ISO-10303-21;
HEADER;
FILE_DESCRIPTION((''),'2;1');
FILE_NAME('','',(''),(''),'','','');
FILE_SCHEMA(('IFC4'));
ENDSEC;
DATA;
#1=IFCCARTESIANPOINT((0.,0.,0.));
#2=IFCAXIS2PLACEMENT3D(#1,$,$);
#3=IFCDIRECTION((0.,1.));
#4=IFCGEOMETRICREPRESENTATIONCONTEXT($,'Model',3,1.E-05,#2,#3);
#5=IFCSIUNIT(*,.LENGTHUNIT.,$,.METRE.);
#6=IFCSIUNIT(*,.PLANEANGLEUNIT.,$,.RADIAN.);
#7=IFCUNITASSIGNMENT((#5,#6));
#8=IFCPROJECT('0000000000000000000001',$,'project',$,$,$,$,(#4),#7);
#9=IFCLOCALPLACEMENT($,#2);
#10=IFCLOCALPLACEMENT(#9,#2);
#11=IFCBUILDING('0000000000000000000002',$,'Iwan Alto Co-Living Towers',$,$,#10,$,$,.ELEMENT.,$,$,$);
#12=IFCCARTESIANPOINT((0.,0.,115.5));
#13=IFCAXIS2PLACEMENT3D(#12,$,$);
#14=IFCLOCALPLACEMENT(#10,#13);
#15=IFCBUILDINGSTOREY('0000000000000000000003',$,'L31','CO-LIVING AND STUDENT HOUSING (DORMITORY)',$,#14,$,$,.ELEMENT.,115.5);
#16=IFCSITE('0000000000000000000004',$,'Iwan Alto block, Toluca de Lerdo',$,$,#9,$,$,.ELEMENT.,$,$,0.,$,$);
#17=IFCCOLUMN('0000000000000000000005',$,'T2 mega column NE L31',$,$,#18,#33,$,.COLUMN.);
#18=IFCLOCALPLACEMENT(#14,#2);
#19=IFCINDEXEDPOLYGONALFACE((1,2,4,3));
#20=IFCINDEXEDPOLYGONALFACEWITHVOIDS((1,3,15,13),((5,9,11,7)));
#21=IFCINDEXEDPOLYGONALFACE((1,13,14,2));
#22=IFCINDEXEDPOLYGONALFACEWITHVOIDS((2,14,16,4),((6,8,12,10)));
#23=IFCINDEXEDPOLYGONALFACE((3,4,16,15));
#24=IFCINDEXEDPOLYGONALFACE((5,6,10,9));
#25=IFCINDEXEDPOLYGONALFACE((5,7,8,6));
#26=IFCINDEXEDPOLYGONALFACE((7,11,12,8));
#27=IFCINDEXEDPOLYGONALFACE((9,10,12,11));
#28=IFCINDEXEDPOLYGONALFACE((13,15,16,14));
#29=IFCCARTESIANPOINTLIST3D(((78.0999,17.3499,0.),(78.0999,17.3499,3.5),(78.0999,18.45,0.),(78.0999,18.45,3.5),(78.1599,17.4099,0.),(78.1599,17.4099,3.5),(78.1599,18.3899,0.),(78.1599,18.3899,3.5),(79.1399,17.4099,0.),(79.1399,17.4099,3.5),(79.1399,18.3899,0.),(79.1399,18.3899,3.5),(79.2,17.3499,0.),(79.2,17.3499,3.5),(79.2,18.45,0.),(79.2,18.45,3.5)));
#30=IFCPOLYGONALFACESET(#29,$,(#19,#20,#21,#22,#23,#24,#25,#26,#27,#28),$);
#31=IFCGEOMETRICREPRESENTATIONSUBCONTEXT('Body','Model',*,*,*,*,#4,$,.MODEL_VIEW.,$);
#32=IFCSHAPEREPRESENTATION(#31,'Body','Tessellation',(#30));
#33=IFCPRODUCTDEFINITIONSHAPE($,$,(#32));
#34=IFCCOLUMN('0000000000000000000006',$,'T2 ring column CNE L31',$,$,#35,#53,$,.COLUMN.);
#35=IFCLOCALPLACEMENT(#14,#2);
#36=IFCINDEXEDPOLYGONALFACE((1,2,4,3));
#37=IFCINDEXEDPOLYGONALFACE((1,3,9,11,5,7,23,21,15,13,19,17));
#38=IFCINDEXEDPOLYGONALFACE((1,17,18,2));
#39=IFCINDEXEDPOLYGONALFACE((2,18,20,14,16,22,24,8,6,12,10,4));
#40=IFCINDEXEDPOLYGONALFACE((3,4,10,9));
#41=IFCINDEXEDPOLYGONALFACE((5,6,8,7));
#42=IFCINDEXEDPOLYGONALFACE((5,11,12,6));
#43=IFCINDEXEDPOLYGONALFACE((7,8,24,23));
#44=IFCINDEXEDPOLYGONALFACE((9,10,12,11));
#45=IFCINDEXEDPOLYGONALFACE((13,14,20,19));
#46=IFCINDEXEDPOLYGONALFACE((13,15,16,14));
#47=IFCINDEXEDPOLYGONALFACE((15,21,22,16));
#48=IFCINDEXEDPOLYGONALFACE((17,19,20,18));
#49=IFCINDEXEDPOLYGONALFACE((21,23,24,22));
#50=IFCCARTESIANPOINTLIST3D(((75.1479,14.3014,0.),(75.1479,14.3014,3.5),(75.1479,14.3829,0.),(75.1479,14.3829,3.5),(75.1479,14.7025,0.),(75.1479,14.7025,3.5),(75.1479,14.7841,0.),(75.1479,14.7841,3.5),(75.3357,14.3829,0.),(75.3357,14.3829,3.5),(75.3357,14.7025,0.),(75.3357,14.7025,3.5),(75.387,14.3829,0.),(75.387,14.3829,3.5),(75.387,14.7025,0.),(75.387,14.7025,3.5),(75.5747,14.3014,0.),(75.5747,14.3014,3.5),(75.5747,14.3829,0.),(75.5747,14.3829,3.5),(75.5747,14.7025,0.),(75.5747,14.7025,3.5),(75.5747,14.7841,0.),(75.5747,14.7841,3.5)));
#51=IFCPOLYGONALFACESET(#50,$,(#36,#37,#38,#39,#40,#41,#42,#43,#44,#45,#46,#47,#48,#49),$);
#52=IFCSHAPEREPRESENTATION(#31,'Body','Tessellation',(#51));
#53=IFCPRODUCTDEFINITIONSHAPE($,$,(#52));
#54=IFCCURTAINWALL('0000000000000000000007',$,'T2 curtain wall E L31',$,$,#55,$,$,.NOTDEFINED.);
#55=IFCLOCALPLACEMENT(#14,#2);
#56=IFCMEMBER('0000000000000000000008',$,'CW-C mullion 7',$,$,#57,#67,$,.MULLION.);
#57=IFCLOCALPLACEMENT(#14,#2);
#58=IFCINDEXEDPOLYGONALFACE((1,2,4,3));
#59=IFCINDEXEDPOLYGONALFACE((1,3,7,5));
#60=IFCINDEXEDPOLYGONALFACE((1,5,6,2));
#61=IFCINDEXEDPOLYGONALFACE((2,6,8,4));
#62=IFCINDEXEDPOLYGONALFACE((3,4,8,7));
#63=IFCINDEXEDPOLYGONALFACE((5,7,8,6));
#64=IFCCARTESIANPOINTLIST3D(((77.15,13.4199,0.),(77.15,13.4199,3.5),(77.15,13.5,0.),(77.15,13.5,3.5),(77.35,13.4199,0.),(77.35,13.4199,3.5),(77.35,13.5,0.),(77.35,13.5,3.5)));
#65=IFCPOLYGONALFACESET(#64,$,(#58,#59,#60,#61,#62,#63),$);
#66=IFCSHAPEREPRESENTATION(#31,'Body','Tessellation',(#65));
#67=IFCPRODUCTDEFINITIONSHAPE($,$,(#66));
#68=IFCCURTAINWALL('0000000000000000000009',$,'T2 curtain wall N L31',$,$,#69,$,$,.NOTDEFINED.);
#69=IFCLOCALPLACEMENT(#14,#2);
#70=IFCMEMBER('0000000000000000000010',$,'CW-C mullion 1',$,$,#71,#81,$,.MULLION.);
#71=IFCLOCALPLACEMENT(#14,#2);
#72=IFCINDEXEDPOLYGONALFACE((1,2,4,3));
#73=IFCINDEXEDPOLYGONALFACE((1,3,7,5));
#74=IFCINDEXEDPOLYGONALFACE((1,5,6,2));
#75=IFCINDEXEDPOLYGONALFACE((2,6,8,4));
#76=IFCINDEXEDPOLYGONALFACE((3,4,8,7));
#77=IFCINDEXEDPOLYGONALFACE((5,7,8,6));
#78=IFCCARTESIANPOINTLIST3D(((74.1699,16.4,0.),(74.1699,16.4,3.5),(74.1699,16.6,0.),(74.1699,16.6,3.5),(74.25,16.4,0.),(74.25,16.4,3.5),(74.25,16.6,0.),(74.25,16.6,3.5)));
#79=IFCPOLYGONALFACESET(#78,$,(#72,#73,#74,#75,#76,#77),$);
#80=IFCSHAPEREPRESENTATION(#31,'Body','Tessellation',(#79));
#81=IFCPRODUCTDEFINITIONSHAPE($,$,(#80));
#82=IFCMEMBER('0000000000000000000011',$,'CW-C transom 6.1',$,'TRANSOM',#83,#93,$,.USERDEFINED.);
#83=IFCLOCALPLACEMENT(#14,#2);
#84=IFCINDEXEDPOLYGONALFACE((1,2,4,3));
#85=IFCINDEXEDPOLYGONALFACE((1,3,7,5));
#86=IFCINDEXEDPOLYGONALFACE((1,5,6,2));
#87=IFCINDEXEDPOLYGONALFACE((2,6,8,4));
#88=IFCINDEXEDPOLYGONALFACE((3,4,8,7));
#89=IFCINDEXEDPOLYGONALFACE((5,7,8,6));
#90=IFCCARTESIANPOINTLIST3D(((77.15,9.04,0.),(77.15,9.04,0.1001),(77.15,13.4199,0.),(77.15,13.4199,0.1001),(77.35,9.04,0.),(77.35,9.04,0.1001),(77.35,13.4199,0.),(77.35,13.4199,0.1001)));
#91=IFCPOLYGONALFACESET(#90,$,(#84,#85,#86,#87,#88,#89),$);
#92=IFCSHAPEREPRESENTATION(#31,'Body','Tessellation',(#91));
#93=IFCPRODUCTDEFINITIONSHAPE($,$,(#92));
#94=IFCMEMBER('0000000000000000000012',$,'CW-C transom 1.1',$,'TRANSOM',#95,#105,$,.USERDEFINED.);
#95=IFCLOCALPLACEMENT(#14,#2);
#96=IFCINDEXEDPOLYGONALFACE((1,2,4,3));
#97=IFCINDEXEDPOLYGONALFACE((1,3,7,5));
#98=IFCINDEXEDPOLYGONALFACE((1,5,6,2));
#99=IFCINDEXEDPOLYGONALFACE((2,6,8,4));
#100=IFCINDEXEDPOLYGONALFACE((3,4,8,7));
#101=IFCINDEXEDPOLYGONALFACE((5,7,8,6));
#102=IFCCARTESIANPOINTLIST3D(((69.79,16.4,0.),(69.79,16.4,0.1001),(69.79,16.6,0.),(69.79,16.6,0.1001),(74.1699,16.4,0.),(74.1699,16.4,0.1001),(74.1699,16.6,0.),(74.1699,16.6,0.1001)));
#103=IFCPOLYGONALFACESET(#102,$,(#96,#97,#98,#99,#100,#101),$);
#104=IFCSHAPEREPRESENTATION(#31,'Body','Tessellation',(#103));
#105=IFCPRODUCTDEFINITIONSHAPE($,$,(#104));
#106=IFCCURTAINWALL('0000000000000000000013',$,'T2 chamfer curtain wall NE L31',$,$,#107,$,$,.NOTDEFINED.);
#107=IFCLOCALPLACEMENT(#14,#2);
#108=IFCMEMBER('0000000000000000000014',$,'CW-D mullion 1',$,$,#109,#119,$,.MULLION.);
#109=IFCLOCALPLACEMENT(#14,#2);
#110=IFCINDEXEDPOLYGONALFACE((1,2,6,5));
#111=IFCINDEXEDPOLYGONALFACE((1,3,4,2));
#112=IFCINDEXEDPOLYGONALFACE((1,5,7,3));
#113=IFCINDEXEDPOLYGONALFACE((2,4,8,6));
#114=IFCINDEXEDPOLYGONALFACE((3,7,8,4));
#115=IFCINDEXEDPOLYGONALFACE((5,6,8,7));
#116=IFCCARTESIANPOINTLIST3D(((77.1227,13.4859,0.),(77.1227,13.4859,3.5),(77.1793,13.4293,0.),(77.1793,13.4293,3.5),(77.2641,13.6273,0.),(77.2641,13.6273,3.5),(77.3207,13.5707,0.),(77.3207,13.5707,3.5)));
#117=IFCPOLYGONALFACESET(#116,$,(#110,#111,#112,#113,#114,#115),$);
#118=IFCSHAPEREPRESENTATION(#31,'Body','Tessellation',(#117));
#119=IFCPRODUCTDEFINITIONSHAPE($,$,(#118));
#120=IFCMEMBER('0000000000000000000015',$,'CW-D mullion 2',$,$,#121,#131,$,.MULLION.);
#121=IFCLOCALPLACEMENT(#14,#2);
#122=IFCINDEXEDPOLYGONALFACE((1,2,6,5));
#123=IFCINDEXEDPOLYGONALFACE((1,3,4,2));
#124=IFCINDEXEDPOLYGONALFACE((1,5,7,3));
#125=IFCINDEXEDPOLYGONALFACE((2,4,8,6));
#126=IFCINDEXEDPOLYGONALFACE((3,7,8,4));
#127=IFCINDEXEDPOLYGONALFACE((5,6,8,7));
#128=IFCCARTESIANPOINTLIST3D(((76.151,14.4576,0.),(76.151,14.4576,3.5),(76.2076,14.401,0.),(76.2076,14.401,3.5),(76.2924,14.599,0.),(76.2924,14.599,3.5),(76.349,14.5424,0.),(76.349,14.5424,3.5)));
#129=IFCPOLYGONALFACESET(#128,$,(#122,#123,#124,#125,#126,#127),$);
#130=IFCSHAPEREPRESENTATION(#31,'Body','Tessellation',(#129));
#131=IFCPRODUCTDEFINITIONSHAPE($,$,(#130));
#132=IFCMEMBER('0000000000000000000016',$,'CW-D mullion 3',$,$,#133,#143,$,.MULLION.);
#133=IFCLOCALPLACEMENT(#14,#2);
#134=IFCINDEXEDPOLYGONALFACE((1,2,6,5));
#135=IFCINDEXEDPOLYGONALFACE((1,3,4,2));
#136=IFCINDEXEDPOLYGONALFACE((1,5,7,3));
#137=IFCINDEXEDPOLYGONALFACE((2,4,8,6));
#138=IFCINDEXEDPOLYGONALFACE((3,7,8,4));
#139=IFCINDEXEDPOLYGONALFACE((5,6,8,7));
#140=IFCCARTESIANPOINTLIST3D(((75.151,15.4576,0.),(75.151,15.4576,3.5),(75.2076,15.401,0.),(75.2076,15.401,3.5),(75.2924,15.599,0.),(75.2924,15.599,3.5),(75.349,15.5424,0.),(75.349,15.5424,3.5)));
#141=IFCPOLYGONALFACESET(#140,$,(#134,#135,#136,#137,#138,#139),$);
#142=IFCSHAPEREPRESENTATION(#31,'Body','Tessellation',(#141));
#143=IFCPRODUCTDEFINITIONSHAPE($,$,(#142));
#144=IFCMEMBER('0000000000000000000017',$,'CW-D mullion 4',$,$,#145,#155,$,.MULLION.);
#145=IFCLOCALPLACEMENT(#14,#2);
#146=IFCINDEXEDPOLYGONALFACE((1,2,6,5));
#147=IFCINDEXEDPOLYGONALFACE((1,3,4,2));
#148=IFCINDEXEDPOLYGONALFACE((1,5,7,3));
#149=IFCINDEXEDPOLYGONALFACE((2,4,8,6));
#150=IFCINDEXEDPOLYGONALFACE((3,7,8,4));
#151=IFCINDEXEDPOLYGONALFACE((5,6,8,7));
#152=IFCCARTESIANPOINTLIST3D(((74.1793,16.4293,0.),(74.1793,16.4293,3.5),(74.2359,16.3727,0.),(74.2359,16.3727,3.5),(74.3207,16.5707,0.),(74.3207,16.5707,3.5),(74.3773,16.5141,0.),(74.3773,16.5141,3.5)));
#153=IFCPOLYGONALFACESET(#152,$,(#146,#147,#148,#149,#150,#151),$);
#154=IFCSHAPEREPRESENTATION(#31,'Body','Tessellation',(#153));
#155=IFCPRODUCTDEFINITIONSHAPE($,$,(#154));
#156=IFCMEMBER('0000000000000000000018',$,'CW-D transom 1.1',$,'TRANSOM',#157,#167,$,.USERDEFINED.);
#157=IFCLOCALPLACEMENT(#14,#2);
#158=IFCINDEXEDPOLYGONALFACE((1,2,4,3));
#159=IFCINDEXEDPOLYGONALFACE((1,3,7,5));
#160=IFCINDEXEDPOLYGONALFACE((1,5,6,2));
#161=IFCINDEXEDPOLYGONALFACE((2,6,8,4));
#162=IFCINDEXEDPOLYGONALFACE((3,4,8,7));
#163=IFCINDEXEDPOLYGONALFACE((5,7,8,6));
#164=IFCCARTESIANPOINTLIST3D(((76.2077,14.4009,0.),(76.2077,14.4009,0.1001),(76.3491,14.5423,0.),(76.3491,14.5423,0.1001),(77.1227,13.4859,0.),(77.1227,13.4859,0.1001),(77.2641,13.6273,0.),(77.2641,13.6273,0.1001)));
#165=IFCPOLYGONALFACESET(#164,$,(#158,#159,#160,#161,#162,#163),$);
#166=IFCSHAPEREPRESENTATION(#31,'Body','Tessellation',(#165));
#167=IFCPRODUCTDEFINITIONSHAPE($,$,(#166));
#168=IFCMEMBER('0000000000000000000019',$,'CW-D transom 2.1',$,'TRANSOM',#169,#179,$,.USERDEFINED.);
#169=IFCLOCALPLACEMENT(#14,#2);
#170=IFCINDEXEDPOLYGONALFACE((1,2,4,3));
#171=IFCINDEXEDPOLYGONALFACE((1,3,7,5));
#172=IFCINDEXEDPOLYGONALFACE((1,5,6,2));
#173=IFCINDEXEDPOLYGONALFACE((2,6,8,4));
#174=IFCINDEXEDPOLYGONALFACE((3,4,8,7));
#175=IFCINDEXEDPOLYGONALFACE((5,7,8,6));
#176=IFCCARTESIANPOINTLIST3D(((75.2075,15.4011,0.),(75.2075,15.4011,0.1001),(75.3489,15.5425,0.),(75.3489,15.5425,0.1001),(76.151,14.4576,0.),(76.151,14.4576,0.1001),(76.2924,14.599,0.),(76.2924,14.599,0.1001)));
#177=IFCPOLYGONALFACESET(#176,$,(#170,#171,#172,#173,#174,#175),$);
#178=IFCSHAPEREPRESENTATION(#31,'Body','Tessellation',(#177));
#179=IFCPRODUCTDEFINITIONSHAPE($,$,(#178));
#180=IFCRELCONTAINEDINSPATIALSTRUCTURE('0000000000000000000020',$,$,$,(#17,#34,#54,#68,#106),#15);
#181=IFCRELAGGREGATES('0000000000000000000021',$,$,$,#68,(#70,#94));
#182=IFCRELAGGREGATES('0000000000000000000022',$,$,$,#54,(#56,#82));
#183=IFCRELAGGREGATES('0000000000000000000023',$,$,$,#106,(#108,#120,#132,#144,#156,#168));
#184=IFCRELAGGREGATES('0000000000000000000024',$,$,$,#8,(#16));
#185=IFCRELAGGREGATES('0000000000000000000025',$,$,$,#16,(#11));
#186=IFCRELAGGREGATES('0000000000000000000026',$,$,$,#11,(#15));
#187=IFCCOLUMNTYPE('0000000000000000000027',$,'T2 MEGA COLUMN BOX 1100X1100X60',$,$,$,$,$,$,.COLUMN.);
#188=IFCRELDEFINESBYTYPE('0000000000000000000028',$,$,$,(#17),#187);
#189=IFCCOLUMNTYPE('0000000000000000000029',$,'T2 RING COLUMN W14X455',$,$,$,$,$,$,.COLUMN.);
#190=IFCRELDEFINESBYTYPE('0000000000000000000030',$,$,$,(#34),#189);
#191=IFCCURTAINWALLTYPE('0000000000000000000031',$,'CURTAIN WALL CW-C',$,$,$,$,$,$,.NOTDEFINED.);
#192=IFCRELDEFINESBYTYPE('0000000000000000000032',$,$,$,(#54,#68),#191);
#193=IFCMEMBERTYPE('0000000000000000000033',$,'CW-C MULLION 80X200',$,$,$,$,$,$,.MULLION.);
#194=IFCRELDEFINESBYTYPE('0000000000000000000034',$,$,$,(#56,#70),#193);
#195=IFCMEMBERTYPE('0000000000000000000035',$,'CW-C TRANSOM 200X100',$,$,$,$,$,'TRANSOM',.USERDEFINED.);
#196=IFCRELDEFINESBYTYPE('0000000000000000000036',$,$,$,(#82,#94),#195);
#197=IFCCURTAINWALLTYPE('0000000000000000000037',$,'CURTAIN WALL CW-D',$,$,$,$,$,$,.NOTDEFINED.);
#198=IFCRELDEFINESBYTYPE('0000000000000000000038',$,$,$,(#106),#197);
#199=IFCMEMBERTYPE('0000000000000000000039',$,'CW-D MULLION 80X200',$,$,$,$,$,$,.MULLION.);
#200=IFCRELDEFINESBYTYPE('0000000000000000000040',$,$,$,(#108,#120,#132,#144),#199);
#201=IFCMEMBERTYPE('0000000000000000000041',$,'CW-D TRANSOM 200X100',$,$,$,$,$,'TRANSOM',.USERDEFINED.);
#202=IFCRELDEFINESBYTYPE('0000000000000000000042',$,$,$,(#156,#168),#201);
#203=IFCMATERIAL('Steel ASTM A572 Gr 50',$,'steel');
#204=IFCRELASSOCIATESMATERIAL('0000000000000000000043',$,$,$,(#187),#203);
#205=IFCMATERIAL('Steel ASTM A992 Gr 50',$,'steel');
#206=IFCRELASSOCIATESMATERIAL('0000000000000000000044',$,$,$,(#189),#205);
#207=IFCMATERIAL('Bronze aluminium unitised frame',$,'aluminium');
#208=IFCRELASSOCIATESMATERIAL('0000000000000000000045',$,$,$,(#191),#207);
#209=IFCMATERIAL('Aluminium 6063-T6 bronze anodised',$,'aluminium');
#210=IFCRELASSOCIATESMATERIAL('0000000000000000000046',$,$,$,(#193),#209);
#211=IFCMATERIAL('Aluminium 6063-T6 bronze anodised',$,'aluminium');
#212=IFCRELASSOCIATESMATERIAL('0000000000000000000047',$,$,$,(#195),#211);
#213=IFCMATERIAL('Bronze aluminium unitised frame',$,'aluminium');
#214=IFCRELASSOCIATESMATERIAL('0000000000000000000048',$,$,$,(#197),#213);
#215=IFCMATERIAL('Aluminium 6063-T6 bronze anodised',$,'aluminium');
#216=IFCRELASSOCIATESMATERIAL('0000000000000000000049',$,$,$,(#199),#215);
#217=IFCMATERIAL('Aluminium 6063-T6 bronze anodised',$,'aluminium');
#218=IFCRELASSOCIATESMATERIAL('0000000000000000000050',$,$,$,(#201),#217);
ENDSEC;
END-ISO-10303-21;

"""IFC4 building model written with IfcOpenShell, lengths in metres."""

from ifc_helpers import new_model, si_unit, direction, frame, origin, origin_2d, place, context, subcontext, project, spatial, rectangle, hollow_rectangle, i_section, extrude, material, material_profile, profile_set, type_object, element, aggregate, save


model = new_model("IFC4")

# Units and contexts
model_context = context("Model", 3, precision=1e-05, world=origin(), true_north=direction((0.0, 1.0)))
body_context = subcontext(model_context, "Body", "Model", "MODEL_VIEW")
ifc_project = project(units=[si_unit("LENGTHUNIT", "METRE"), si_unit("PLANEANGLEUNIT", "RADIAN")], contexts=[model_context])

# Site, building, storey
site_placement = place(None, origin())
site = spatial("IfcSite", under=ifc_project, at=site_placement, Name="Iwan Alto block, Toluca de Lerdo", CompositionType="ELEMENT", RefElevation=0.0)
building_placement = place(site_placement, origin())
building = spatial("IfcBuilding", under=site, at=building_placement, Name="Iwan Alto Co-Living Towers", CompositionType="ELEMENT")
storey_placement = place(building_placement, frame((0.0, 0.0, 115.5)))
storey = spatial("IfcBuildingStorey", under=building, at=storey_placement, Name="L31", Description="CO-LIVING AND STUDENT HOUSING (DORMITORY)", CompositionType="ELEMENT", Elevation=115.5)

# Columns
ifc_material_1 = material(Name="Steel ASTM A572 Gr 50", Category="steel")
ifc_material_profile_1 = material_profile(ifc_material_1, hollow_rectangle(XDim=1.1001, YDim=1.1001, WallThickness=0.0601, at=origin_2d()), Name="BOX 1100X1100X60")
ifc_profile_set_1 = profile_set([ifc_material_profile_1], Name="Steel ASTM A572 Gr 50")
column_type_1 = type_object("IfcColumnType", Name="T2 MEGA COLUMN BOX 1100X1100X60", PredefinedType="COLUMN", material=ifc_profile_set_1)
column_1_placement = place(storey_placement, frame((78.6499, 17.8999, 0.0), z_axis=(0.0, 0.0, 1.0), x_axis=(1.0, 0.0, 0.0)))
element("IfcColumn", 1, at=column_1_placement, inside=storey, type_object=column_type_1, Name="T2 mega column NE L31", PredefinedType="COLUMN", context=body_context, shape_type="SweptSolid", body=[
    extrude(hollow_rectangle(XDim=1.1001, YDim=1.1001, WallThickness=0.0601, at=origin_2d()), origin(), (0.0, 0.0, 1.0), 3.5),
])
ifc_material_2 = material(Name="Steel ASTM A992 Gr 50", Category="steel")
ifc_material_profile_2 = material_profile(ifc_material_2, i_section(OverallWidth=0.4268, OverallDepth=0.4827, WebThickness=0.0513, FlangeThickness=0.0815, at=origin_2d()), Name="W14X455")
ifc_profile_set_2 = profile_set([ifc_material_profile_2], Name="Steel ASTM A992 Gr 50")
column_type_2 = type_object("IfcColumnType", Name="T2 RING COLUMN W14X455", PredefinedType="COLUMN", material=ifc_profile_set_2)
column_2_placement = place(storey_placement, frame((75.3613, 14.5427, 0.0), z_axis=(0.0, 0.0, 1.0), x_axis=(1.0, 0.0, 0.0)))
element("IfcColumn", 2, at=column_2_placement, inside=storey, type_object=column_type_2, Name="T2 ring column CNE L31", PredefinedType="COLUMN", context=body_context, shape_type="SweptSolid", body=[
    extrude(i_section(OverallWidth=0.4268, OverallDepth=0.4827, WebThickness=0.0513, FlangeThickness=0.0815, at=origin_2d()), origin(), (0.0, 0.0, 1.0), 3.5),
])

# Curtain walls, members
ifc_material_3 = material(Name="Bronze aluminium unitised frame", Category="aluminium")
curtain_wall_type_1 = type_object("IfcCurtainWallType", Name="CURTAIN WALL CW-C", PredefinedType="NOTDEFINED", material=ifc_material_3)
curtain_wall_1_placement = place(storey_placement, origin())
curtain_wall_1 = element("IfcCurtainWall", 3, at=curtain_wall_1_placement, inside=storey, type_object=curtain_wall_type_1, Name="T2 curtain wall E L31", PredefinedType="NOTDEFINED")
ifc_material_4 = material(Name="Aluminium 6063-T6 bronze anodised", Category="aluminium")
ifc_material_profile_3 = material_profile(ifc_material_4, rectangle(XDim=0.2, YDim=0.0801, at=origin_2d()), Name="AL 80X200")
ifc_profile_set_3 = profile_set([ifc_material_profile_3], Name="Aluminium 6063-T6 bronze anodised")
member_type_1 = type_object("IfcMemberType", Name="CW-C MULLION 80X200", PredefinedType="MULLION", material=ifc_profile_set_3)
member_1_placement = place(storey_placement, frame((77.25, 13.46, 0.0), z_axis=(0.0, 0.0, 1.0), x_axis=(-1.0, 0.0, 0.0)))
member_1 = element("IfcMember", 4, at=member_1_placement, type_object=member_type_1, Name="CW-C mullion 7", PredefinedType="MULLION", context=body_context, shape_type="SweptSolid", body=[
    extrude(rectangle(XDim=0.2, YDim=0.0801, at=origin_2d()), origin(), (0.0, 0.0, 1.0), 3.5),
])
curtain_wall_2_placement = place(storey_placement, origin())
curtain_wall_2 = element("IfcCurtainWall", 5, at=curtain_wall_2_placement, inside=storey, type_object=curtain_wall_type_1, Name="T2 curtain wall N L31", PredefinedType="NOTDEFINED")
member_2_placement = place(storey_placement, frame((74.21, 16.5, 0.0), z_axis=(0.0, 0.0, 1.0), x_axis=(0.0, -1.0, 0.0)))
member_2 = element("IfcMember", 6, at=member_2_placement, type_object=member_type_1, Name="CW-C mullion 1", PredefinedType="MULLION", context=body_context, shape_type="SweptSolid", body=[
    extrude(rectangle(XDim=0.2, YDim=0.0801, at=origin_2d()), origin(), (0.0, 0.0, 1.0), 3.5),
])

# Members
ifc_material_5 = material(Name="Aluminium 6063-T6 bronze anodised", Category="aluminium")
ifc_material_profile_4 = material_profile(ifc_material_5, rectangle(XDim=0.2, YDim=0.1001, at=origin_2d()), Name="AL 200X100")
ifc_profile_set_4 = profile_set([ifc_material_profile_4], Name="Aluminium 6063-T6 bronze anodised")
member_type_2 = type_object("IfcMemberType", Name="CW-C TRANSOM 200X100", ElementType="TRANSOM", PredefinedType="USERDEFINED", material=ifc_profile_set_4)
member_3_placement = place(storey_placement, frame((77.25, 9.04, 0.05), z_axis=(0.0, 1.0, 0.0), x_axis=(-1.0, 0.0, 0.0)))
member_3 = element("IfcMember", 7, at=member_3_placement, type_object=member_type_2, Name="CW-C transom 6.1", ObjectType="TRANSOM", PredefinedType="USERDEFINED", context=body_context, shape_type="SweptSolid", body=[
    extrude(rectangle(XDim=0.2, YDim=0.1001, at=origin_2d()), origin(), (0.0, 0.0, 1.0), 4.3799),
])
member_4_placement = place(storey_placement, frame((74.1699, 16.5, 0.05), z_axis=(-1.0, 0.0, 0.0), x_axis=(0.0, -1.0, 0.0)))
member_4 = element("IfcMember", 8, at=member_4_placement, type_object=member_type_2, Name="CW-C transom 1.1", ObjectType="TRANSOM", PredefinedType="USERDEFINED", context=body_context, shape_type="SweptSolid", body=[
    extrude(rectangle(XDim=0.2, YDim=0.1001, at=origin_2d()), origin(), (0.0, 0.0, 1.0), 4.3799),
])
aggregate(curtain_wall_2, [member_2, member_4])

# Curtain wall, members
ifc_material_6 = material(Name="Bronze aluminium unitised frame", Category="aluminium")
curtain_wall_type_2 = type_object("IfcCurtainWallType", Name="CURTAIN WALL CW-D", PredefinedType="NOTDEFINED", material=ifc_material_6)
curtain_wall_3_placement = place(storey_placement, origin())
curtain_wall_3 = element("IfcCurtainWall", 9, at=curtain_wall_3_placement, inside=storey, type_object=curtain_wall_type_2, Name="T2 chamfer curtain wall NE L31", PredefinedType="NOTDEFINED")
ifc_material_7 = material(Name="Aluminium 6063-T6 bronze anodised", Category="aluminium")
ifc_material_profile_5 = material_profile(ifc_material_7, rectangle(XDim=0.2, YDim=0.0801, at=origin_2d()), Name="AL 80X200")
ifc_profile_set_5 = profile_set([ifc_material_profile_5], Name="Aluminium 6063-T6 bronze anodised")
member_type_3 = type_object("IfcMemberType", Name="CW-D MULLION 80X200", PredefinedType="MULLION", material=ifc_profile_set_5)
member_5_placement = place(storey_placement, frame((77.2217, 13.5283, 0.0), z_axis=(0.0, 0.0, 1.0), x_axis=(-0.707107, -0.707107, 0.0)))
member_5 = element("IfcMember", 10, at=member_5_placement, type_object=member_type_3, Name="CW-D mullion 1", PredefinedType="MULLION", context=body_context, shape_type="SweptSolid", body=[
    extrude(rectangle(XDim=0.2, YDim=0.0801, at=origin_2d()), origin(), (0.0, 0.0, 1.0), 3.5),
])
member_6_placement = place(storey_placement, frame((76.25, 14.5, 0.0), z_axis=(0.0, 0.0, 1.0), x_axis=(-0.707107, -0.707107, 0.0)))
member_6 = element("IfcMember", 11, at=member_6_placement, type_object=member_type_3, Name="CW-D mullion 2", PredefinedType="MULLION", context=body_context, shape_type="SweptSolid", body=[
    extrude(rectangle(XDim=0.2, YDim=0.0801, at=origin_2d()), origin(), (0.0, 0.0, 1.0), 3.5),
])
member_7_placement = place(storey_placement, frame((75.25, 15.5, 0.0), z_axis=(0.0, 0.0, 1.0), x_axis=(-0.707107, -0.707107, 0.0)))
member_7 = element("IfcMember", 12, at=member_7_placement, type_object=member_type_3, Name="CW-D mullion 3", PredefinedType="MULLION", context=body_context, shape_type="SweptSolid", body=[
    extrude(rectangle(XDim=0.2, YDim=0.0801, at=origin_2d()), origin(), (0.0, 0.0, 1.0), 3.5),
])
member_8_placement = place(storey_placement, frame((74.2783, 16.4717, 0.0), z_axis=(0.0, 0.0, 1.0), x_axis=(-0.707107, -0.707107, 0.0)))
member_8 = element("IfcMember", 13, at=member_8_placement, type_object=member_type_3, Name="CW-D mullion 4", PredefinedType="MULLION", context=body_context, shape_type="SweptSolid", body=[
    extrude(rectangle(XDim=0.2, YDim=0.0801, at=origin_2d()), origin(), (0.0, 0.0, 1.0), 3.5),
])
ifc_material_8 = material(Name="Aluminium 6063-T6 bronze anodised", Category="aluminium")
ifc_material_profile_6 = material_profile(ifc_material_8, rectangle(XDim=0.2, YDim=0.1001, at=origin_2d()), Name="AL 200X100")
ifc_profile_set_6 = profile_set([ifc_material_profile_6], Name="Aluminium 6063-T6 bronze anodised")
member_type_4 = type_object("IfcMemberType", Name="CW-D TRANSOM 200X100", ElementType="TRANSOM", PredefinedType="USERDEFINED", material=ifc_profile_set_6)
member_9_placement = place(storey_placement, frame((77.1934, 13.5566, 0.05), z_axis=(-0.707107, 0.707107, 0.0), x_axis=(-0.707107, -0.707107, 0.0)))
member_9 = element("IfcMember", 14, at=member_9_placement, type_object=member_type_4, Name="CW-D transom 1.1", ObjectType="TRANSOM", PredefinedType="USERDEFINED", context=body_context, shape_type="SweptSolid", body=[
    extrude(rectangle(XDim=0.2, YDim=0.1001, at=origin_2d()), origin(), (0.0, 0.0, 1.0), 1.2939),
])
member_10_placement = place(storey_placement, frame((76.2217, 14.5283, 0.05), z_axis=(-0.707107, 0.707107, 0.0), x_axis=(-0.707107, -0.707107, 0.0)))
member_10 = element("IfcMember", 15, at=member_10_placement, type_object=member_type_4, Name="CW-D transom 2.1", ObjectType="TRANSOM", PredefinedType="USERDEFINED", context=body_context, shape_type="SweptSolid", body=[
    extrude(rectangle(XDim=0.2, YDim=0.1001, at=origin_2d()), origin(), (0.0, 0.0, 1.0), 1.3342),
])

aggregate(curtain_wall_1, [member_1, member_3])
aggregate(curtain_wall_3, [member_5, member_6, member_7, member_8, member_9, member_10])

save(model, "model.ifc")
